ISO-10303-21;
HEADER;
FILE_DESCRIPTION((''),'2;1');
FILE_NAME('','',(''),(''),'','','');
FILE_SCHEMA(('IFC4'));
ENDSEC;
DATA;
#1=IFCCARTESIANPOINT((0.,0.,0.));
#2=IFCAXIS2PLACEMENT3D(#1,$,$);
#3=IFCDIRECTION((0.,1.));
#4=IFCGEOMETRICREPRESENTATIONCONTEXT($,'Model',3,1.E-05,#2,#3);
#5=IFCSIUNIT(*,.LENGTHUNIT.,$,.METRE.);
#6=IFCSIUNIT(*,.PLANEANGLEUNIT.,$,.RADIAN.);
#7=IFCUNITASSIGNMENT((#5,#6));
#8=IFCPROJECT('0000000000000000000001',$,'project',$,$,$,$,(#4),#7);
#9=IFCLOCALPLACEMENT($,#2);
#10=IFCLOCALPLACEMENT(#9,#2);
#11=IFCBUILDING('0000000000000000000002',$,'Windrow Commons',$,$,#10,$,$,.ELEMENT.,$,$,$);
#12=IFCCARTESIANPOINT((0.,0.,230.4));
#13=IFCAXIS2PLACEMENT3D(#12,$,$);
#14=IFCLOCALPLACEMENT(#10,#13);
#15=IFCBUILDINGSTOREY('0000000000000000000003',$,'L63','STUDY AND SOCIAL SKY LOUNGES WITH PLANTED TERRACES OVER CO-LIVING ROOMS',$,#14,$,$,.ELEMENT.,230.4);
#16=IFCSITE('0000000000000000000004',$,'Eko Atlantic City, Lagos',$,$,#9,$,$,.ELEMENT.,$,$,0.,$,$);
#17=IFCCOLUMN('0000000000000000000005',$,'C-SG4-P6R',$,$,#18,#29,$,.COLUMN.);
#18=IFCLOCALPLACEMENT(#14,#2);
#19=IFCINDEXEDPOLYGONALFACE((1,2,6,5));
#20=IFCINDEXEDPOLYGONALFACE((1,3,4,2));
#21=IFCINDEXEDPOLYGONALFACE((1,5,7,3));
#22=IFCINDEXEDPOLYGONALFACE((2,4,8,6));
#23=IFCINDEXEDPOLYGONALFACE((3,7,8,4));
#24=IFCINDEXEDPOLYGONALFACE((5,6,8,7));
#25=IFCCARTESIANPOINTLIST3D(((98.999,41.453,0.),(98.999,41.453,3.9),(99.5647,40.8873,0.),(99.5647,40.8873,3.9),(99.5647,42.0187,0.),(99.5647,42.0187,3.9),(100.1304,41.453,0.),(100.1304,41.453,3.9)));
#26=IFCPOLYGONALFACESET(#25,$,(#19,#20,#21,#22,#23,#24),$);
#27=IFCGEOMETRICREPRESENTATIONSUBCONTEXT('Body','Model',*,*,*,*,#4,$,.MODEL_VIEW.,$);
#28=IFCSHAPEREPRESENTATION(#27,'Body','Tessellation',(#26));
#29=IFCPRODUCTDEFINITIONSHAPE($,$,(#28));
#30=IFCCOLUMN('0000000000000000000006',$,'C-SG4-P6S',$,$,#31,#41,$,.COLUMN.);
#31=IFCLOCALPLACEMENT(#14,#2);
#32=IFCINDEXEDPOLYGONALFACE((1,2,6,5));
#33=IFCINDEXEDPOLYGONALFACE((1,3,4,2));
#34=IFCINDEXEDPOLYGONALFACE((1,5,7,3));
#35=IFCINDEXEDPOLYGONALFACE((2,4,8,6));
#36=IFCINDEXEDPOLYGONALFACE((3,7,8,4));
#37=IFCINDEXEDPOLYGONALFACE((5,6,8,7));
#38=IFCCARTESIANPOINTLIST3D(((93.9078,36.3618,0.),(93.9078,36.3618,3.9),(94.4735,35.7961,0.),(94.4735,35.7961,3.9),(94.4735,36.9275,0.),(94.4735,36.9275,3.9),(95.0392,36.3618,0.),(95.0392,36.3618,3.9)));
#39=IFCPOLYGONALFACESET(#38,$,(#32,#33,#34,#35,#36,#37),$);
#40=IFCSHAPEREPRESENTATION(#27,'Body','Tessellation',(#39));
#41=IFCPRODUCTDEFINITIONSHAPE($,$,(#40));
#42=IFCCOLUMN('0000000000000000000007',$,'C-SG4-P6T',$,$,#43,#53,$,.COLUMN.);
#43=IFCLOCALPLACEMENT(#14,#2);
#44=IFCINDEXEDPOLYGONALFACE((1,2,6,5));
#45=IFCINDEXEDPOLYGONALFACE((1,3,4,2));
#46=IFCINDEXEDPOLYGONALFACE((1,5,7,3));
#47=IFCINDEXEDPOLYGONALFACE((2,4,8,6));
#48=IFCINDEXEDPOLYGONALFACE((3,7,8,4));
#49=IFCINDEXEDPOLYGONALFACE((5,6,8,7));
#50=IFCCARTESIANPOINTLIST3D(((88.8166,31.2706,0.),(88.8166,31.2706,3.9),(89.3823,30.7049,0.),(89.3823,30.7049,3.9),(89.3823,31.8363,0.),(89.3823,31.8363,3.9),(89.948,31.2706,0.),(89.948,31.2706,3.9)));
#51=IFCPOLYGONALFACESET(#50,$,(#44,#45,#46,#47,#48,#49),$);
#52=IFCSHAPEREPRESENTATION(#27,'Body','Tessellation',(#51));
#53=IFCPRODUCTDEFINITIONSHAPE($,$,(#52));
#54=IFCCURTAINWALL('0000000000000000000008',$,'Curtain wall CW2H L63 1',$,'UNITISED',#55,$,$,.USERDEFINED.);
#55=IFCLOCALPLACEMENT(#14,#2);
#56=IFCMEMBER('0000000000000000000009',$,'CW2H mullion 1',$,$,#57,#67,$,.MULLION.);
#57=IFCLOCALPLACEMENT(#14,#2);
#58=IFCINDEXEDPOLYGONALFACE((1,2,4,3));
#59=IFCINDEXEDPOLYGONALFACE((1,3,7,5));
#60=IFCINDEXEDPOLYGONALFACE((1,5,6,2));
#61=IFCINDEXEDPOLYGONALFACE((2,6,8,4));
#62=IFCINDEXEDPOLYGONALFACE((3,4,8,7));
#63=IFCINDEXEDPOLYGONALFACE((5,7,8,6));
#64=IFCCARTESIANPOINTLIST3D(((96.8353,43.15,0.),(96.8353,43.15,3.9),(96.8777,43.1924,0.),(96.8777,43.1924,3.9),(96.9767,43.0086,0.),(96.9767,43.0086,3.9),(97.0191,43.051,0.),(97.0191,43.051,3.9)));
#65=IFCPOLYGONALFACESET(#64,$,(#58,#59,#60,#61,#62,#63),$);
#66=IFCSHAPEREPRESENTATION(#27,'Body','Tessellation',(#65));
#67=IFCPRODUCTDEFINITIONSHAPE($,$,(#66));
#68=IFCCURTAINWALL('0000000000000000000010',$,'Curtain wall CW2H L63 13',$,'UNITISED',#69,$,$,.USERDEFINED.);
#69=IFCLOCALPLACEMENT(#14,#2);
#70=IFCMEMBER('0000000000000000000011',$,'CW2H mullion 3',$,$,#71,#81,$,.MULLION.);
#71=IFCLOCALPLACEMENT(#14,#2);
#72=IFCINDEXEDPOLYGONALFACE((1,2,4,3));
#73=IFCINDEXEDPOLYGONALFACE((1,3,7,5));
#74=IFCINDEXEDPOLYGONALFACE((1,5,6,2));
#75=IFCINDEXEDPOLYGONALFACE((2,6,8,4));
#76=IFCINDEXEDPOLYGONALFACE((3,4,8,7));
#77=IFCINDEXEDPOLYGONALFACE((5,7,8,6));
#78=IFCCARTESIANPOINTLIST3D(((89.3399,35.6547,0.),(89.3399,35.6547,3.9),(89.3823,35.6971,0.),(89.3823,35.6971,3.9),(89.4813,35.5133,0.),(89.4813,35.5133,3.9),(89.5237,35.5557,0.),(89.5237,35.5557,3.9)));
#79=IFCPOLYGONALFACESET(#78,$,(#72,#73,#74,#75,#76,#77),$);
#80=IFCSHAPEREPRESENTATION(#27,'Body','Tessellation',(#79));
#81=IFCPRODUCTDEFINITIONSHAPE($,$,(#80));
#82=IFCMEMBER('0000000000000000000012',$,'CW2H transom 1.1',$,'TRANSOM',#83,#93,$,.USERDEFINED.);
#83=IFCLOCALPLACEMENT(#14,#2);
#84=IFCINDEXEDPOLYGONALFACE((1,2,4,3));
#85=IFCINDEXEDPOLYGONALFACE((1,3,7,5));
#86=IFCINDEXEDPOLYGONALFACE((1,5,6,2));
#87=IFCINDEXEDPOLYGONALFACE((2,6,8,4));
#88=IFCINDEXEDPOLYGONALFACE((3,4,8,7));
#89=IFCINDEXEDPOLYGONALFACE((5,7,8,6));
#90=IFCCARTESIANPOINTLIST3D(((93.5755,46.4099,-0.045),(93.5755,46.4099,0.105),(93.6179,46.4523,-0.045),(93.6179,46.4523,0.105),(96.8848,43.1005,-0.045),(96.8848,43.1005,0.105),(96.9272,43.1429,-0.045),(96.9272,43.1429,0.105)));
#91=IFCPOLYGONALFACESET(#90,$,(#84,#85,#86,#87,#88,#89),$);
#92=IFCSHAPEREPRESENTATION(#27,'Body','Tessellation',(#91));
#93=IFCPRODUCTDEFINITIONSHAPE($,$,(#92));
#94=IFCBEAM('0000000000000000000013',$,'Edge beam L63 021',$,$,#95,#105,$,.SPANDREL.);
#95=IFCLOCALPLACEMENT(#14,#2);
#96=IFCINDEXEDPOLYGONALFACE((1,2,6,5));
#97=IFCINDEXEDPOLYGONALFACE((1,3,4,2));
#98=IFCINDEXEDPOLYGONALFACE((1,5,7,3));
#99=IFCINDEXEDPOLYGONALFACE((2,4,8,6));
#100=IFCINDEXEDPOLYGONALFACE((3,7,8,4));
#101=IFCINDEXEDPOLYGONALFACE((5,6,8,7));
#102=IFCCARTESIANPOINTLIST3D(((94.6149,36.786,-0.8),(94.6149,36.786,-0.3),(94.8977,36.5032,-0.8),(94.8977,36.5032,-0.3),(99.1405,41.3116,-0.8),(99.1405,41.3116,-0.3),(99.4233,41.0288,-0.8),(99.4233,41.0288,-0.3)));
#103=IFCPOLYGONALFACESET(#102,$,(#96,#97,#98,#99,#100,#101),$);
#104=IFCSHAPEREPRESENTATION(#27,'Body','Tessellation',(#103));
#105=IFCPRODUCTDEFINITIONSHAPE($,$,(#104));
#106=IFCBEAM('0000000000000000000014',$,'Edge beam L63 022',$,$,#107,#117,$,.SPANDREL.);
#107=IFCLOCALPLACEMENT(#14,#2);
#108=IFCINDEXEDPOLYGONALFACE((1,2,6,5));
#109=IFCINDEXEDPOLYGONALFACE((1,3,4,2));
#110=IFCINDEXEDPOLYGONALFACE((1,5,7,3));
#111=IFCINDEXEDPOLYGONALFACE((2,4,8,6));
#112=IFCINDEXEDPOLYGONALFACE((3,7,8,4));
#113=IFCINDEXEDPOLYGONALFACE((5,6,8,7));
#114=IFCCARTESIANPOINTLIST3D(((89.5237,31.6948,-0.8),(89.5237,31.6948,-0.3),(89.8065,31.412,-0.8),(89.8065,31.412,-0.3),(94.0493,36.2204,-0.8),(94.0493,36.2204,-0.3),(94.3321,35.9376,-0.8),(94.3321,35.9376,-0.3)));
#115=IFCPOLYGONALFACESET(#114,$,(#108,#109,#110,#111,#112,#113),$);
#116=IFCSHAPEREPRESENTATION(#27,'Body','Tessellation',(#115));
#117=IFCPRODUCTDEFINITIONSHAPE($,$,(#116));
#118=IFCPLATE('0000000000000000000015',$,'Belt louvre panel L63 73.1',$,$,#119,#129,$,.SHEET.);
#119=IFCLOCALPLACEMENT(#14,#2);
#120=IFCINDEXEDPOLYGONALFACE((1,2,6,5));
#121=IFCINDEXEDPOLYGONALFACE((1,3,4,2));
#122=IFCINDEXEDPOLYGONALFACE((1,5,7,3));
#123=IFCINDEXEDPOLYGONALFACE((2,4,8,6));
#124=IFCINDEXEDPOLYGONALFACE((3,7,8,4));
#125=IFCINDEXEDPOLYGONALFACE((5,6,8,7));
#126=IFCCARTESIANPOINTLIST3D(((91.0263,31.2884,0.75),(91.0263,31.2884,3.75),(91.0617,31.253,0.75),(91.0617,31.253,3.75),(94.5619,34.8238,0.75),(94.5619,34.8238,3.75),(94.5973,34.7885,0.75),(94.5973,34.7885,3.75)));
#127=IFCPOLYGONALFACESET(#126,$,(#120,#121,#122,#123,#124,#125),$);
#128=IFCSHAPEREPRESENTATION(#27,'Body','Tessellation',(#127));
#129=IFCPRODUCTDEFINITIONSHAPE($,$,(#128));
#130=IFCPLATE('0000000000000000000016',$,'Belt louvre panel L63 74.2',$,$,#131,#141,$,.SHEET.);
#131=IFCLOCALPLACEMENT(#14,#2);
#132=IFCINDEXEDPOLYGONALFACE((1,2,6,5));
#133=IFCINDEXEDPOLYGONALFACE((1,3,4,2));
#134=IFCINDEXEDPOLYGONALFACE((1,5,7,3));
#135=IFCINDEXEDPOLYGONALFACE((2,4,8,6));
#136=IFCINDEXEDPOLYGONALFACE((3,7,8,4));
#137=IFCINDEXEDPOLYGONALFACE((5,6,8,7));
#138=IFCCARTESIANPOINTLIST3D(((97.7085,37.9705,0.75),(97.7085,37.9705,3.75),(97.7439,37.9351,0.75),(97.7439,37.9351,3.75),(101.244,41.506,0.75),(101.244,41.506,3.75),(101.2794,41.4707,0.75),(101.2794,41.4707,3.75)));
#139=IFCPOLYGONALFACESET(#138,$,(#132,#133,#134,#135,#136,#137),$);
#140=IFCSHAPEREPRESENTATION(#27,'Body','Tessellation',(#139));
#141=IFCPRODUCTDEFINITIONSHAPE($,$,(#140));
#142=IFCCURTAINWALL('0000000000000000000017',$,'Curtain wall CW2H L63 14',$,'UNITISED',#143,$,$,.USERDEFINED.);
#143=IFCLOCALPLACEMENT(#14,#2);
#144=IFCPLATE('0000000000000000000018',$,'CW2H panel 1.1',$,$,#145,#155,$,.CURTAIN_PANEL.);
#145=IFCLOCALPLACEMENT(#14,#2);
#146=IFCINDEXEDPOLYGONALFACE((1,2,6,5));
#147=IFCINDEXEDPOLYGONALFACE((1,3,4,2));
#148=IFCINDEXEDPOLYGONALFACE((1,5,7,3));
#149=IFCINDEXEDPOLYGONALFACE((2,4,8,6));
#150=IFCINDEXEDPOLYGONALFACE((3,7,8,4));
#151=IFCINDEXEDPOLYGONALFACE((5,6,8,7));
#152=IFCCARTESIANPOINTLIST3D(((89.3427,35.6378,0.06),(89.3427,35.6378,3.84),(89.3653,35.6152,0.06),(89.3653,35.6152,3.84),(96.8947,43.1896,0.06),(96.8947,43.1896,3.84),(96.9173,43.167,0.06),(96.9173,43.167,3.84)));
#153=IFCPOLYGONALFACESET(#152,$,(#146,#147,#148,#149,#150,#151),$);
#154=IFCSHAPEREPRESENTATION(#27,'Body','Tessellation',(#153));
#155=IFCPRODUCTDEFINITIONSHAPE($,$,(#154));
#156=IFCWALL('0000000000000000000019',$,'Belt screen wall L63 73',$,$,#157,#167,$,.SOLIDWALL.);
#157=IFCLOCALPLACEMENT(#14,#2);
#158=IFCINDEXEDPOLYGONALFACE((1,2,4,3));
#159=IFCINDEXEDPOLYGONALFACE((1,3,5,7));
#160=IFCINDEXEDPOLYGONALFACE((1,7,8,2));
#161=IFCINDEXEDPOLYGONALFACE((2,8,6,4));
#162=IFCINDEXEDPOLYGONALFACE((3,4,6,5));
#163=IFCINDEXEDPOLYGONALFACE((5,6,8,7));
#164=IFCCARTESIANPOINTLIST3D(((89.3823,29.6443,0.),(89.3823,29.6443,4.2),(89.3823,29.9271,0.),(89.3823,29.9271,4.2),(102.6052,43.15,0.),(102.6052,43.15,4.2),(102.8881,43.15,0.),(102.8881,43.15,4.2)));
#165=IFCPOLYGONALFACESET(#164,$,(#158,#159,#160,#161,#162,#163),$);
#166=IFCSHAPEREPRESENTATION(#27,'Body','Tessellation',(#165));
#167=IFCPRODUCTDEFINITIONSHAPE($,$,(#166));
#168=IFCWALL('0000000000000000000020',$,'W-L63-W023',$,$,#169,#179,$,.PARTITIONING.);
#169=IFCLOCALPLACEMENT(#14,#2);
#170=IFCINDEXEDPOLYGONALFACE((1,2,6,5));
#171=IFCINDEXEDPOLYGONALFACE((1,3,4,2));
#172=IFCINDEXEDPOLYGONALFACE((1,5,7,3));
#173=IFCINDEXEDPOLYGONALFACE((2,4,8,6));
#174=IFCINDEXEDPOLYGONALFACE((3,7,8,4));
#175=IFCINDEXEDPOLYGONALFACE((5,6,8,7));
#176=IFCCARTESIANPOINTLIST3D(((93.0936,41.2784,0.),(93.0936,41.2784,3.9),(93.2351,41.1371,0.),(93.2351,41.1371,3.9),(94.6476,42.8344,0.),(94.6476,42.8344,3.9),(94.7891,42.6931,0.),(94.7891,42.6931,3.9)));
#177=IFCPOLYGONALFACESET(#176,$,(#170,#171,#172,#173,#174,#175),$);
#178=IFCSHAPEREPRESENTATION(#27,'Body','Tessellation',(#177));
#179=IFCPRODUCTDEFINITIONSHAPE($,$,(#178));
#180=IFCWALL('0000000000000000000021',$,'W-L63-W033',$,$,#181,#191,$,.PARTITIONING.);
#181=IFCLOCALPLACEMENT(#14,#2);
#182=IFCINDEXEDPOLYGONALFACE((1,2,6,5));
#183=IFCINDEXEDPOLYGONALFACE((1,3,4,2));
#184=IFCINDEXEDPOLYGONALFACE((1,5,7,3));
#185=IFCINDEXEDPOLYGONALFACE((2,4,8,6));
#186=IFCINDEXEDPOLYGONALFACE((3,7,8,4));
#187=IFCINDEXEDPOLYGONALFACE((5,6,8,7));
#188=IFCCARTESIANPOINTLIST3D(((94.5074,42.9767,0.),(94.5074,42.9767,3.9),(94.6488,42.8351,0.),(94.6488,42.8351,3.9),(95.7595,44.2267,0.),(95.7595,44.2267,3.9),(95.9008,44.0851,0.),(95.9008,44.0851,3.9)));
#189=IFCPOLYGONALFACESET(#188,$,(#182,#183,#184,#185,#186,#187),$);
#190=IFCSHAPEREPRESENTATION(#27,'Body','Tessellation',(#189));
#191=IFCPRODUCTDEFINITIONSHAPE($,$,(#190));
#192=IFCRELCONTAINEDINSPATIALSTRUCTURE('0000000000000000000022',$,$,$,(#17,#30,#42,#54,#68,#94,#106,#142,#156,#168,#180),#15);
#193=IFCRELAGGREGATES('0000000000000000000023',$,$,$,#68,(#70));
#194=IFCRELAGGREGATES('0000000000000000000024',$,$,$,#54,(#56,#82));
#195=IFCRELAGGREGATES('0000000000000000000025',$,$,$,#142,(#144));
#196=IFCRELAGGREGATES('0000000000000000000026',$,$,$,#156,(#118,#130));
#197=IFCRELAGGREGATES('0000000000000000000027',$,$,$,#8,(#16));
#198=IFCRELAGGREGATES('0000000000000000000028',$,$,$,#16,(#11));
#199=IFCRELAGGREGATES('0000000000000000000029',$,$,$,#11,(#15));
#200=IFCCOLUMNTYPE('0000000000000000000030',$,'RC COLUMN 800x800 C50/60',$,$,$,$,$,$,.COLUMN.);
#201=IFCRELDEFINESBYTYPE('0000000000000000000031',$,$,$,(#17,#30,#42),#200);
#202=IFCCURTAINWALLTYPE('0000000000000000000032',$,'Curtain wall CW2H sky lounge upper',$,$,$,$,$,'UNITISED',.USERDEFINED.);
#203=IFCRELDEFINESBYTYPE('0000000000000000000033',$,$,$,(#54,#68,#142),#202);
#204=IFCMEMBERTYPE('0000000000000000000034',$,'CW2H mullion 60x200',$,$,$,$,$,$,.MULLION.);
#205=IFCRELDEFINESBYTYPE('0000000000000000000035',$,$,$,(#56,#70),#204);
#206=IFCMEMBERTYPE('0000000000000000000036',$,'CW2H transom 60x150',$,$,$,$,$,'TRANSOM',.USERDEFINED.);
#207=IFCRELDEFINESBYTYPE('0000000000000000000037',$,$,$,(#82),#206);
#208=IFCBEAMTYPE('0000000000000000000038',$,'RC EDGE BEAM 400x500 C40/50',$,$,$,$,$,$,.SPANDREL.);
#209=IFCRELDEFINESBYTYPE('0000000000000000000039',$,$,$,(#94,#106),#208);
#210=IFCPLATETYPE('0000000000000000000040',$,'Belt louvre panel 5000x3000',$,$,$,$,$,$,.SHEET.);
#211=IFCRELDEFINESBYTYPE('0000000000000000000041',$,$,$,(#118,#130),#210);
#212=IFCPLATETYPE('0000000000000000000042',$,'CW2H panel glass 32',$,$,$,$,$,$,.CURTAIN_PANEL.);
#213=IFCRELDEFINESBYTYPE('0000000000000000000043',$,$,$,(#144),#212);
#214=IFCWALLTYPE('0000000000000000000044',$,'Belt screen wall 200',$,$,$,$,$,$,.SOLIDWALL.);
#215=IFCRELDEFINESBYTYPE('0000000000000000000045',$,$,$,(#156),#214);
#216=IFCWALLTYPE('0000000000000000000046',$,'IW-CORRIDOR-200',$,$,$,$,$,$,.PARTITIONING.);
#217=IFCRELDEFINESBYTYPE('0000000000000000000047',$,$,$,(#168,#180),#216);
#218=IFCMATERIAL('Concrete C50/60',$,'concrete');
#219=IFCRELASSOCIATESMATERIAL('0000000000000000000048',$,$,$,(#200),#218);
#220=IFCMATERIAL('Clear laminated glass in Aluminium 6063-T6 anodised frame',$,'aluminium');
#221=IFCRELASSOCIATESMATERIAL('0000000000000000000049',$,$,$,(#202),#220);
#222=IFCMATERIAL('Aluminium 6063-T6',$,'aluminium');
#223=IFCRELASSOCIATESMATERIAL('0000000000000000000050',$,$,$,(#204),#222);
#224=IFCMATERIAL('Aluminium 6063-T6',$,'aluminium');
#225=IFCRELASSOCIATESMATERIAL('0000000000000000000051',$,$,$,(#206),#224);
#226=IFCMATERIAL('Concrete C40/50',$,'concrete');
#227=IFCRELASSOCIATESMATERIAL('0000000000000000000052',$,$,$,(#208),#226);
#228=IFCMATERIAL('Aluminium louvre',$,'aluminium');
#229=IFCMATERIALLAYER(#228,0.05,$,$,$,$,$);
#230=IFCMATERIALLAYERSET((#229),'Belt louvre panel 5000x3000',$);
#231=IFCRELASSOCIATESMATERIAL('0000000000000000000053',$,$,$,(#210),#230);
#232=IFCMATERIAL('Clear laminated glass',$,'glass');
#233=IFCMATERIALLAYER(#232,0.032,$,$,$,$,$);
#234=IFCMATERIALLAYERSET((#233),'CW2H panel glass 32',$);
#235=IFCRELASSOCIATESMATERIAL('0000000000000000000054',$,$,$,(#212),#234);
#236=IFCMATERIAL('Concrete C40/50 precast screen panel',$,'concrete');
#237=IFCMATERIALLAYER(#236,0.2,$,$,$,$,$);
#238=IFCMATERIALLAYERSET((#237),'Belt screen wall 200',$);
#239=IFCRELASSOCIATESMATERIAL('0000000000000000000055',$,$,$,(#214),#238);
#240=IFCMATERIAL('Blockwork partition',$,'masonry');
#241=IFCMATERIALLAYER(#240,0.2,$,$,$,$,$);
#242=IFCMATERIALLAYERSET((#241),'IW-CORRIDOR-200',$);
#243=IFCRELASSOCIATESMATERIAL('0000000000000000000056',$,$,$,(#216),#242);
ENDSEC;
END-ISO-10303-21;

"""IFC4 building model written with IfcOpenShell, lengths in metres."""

from ifc_helpers import new_model, si_unit, direction, frame, frame_2d, origin, origin_2d, place, context, subcontext, project, spatial, polyline, rectangle, outline, extrude, material, layer, layer_set, material_profile, profile_set, type_object, element, aggregate, save


model = new_model("IFC4")

# Units and contexts
model_context = context("Model", 3, precision=1e-05, world=origin(), true_north=direction((0.0, 1.0)))
body_context = subcontext(model_context, "Body", "Model", "MODEL_VIEW")
ifc_project = project(units=[si_unit("LENGTHUNIT", "METRE"), si_unit("PLANEANGLEUNIT", "RADIAN")], contexts=[model_context])

# Site, building, storey
site_placement = place(None, origin())
site = spatial("IfcSite", under=ifc_project, at=site_placement, Name="Eko Atlantic City, Lagos", CompositionType="ELEMENT", RefElevation=0.0)
building_placement = place(site_placement, origin())
building = spatial("IfcBuilding", under=site, at=building_placement, Name="Windrow Commons", CompositionType="ELEMENT")
storey_placement = place(building_placement, frame((0.0, 0.0, 230.4)))
storey = spatial("IfcBuildingStorey", under=building, at=storey_placement, Name="L63", Description="STUDY AND SOCIAL SKY LOUNGES WITH PLANTED TERRACES OVER CO-LIVING ROOMS", CompositionType="ELEMENT", Elevation=230.4)

# Columns
ifc_material_1 = material(Name="Concrete C50/60", Category="concrete")
ifc_material_profile_1 = material_profile(ifc_material_1, rectangle(XDim=0.8, YDim=0.8, at=origin_2d()))
ifc_profile_set_1 = profile_set([ifc_material_profile_1], Name="Concrete C50/60")
column_type = type_object("IfcColumnType", Name="RC COLUMN 800x800 C50/60", PredefinedType="COLUMN", material=ifc_profile_set_1)
for number, where, z_axis, x_axis, name in (
    (1, (99.5647, 41.453, 0.0), (0.0, 0.0, 1.0), (0.707107, -0.707107, 0.0), "C-SG4-P6R"),
    (2, (94.4735, 36.3618, 0.0), (0.0, 0.0, 1.0), (0.707107, -0.707107, 0.0), "C-SG4-P6S"),
    (3, (89.3823, 31.2706, 0.0), (0.0, 0.0, 1.0), (0.707107, -0.707107, 0.0), "C-SG4-P6T"),
):
    element("IfcColumn", number, at=place(storey_placement, frame(where, z_axis=z_axis, x_axis=x_axis)), inside=storey, type_object=column_type, Name=name, PredefinedType="COLUMN", context=body_context, shape_type="SweptSolid", body=[
        extrude(rectangle(XDim=0.8, YDim=0.8, at=origin_2d()), origin(), (0.0, 0.0, 1.0), 3.9),
    ])

# Curtain walls, members
ifc_material_2 = material(Name="Clear laminated glass in Aluminium 6063-T6 anodised frame", Category="aluminium")
curtain_wall_type = type_object("IfcCurtainWallType", Name="Curtain wall CW2H sky lounge upper", ElementType="UNITISED", PredefinedType="USERDEFINED", material=ifc_material_2)
placement = place(storey_placement, origin())
curtain_wall_1 = element("IfcCurtainWall", 4, at=placement, inside=storey, type_object=curtain_wall_type, Name="Curtain wall CW2H L63 1", ObjectType="UNITISED", PredefinedType="USERDEFINED")
ifc_material_3 = material(Name="Aluminium 6063-T6", Category="aluminium")
ifc_material_profile_2 = material_profile(ifc_material_3, rectangle(XDim=0.06, YDim=0.2, at=origin_2d()))
ifc_profile_set_2 = profile_set([ifc_material_profile_2], Name="Aluminium 6063-T6")
member_type_1 = type_object("IfcMemberType", Name="CW2H mullion 60x200", PredefinedType="MULLION", material=ifc_profile_set_2)
member_1_placement = place(storey_placement, frame((96.9272, 43.1005, 0.0), z_axis=(0.0, 0.0, 1.0), x_axis=(-0.707117, -0.707096, 0.0)))
member_1 = element("IfcMember", 5, at=member_1_placement, type_object=member_type_1, Name="CW2H mullion 1", PredefinedType="MULLION", context=body_context, shape_type="SweptSolid", body=[
    extrude(rectangle(XDim=0.06, YDim=0.2, at=origin_2d()), origin(), (0.0, 0.0, 1.0), 3.9),
])
curtain_wall_2 = element("IfcCurtainWall", 6, at=placement, inside=storey, type_object=curtain_wall_type, Name="Curtain wall CW2H L63 13", ObjectType="UNITISED", PredefinedType="USERDEFINED")
member_2_placement = place(storey_placement, frame((89.4318, 35.6052, 0.0), z_axis=(0.0, 0.0, 1.0), x_axis=(0.707107, 0.707107, 0.0)))
member_2 = element("IfcMember", 7, at=member_2_placement, type_object=member_type_1, Name="CW2H mullion 3", PredefinedType="MULLION", context=body_context, shape_type="SweptSolid", body=[
    extrude(rectangle(XDim=0.06, YDim=0.2, at=origin_2d()), origin(), (0.0, 0.0, 1.0), 3.9),
])
aggregate(curtain_wall_2, [member_2])

# Member
ifc_material_4 = material(Name="Aluminium 6063-T6", Category="aluminium")
ifc_material_profile_3 = material_profile(ifc_material_4, rectangle(XDim=0.06, YDim=0.15, at=origin_2d()))
ifc_profile_set_3 = profile_set([ifc_material_profile_3], Name="Aluminium 6063-T6")
member_type_2 = type_object("IfcMemberType", Name="CW2H transom 60x150", ElementType="TRANSOM", PredefinedType="USERDEFINED", material=ifc_profile_set_3)
member_3_placement = place(storey_placement, frame((96.906, 43.1217, 0.03), z_axis=(-0.707096, 0.707117, 0.0), x_axis=(-0.707117, -0.707096, 0.0)))
member_3 = element("IfcMember", 8, at=member_3_placement, type_object=member_type_2, Name="CW2H transom 1.1", ObjectType="TRANSOM", PredefinedType="USERDEFINED", context=body_context, shape_type="SweptSolid", body=[
    extrude(rectangle(XDim=0.06, YDim=0.15, at=origin_2d()), origin(), (0.0, 0.0, 1.0), 4.6801),
])
aggregate(curtain_wall_1, [member_1, member_3])

# Beams
ifc_material_5 = material(Name="Concrete C40/50", Category="concrete")
ifc_material_profile_4 = material_profile(ifc_material_5, rectangle(XDim=0.4, YDim=0.5, at=origin_2d()))
ifc_profile_set_4 = profile_set([ifc_material_profile_4], Name="Concrete C40/50")
beam_type = type_object("IfcBeamType", Name="RC EDGE BEAM 400x500 C40/50", PredefinedType="SPANDREL", material=ifc_profile_set_4)
for number, where, z_axis, x_axis, name in (
    (9, (99.2819, 41.1702, -0.55), (-0.707107, -0.707107, 0.0), (0.707107, -0.707107, 0.0), "Edge beam L63 021"),
    (10, (94.1907, 36.079, -0.55), (-0.707107, -0.707107, 0.0), (0.707107, -0.707107, 0.0), "Edge beam L63 022"),
):
    element("IfcBeam", number, at=place(storey_placement, frame(where, z_axis=z_axis, x_axis=x_axis)), inside=storey, type_object=beam_type, Name=name, PredefinedType="SPANDREL", context=body_context, shape_type="SweptSolid", body=[
        extrude(rectangle(XDim=0.4, YDim=0.5, at=origin_2d()), origin(), (0.0, 0.0, 1.0), 6.4002),
    ])

# Plates
ifc_material_6 = material(Name="Aluminium louvre", Category="aluminium")
ifc_layer_1 = layer(ifc_material_6, 0.05)
ifc_layer_set_1 = layer_set([ifc_layer_1], Name="Belt louvre panel 5000x3000")
plate_type_1 = type_object("IfcPlateType", Name="Belt louvre panel 5000x3000", PredefinedType="SHEET", material=ifc_layer_set_1)
plate_1_placement = place(storey_placement, frame((91.0617, 31.253, 0.75), z_axis=(0.707097, -0.707117, 0.0), x_axis=(0.707117, 0.707097, 0.0)))
plate_1 = element("IfcPlate", 11, at=plate_1_placement, type_object=plate_type_1, Name="Belt louvre panel L63 73.1", PredefinedType="SHEET", context=body_context, shape_type="SweptSolid", body=[
    extrude(outline(polyline([(0.0, 0.0), (5.0, 0.0), (5.0, 3.0), (0.0, 3.0), (0.0, 0.0)])), origin(), (0.0, 0.0, -1.0), 0.05),
])
plate_2_placement = place(storey_placement, frame((97.7439, 37.9351, 0.75), z_axis=(0.707117, -0.707097, 0.0), x_axis=(0.707097, 0.707117, 0.0)))
plate_2 = element("IfcPlate", 12, at=plate_2_placement, type_object=plate_type_1, Name="Belt louvre panel L63 74.2", PredefinedType="SHEET", context=body_context, shape_type="SweptSolid", body=[
    extrude(outline(polyline([(0.0, 0.0), (5.0, 0.0), (5.0, 3.0), (0.0, 3.0), (0.0, 0.0)])), origin(), (0.0, 0.0, -1.0), 0.05),
])

# Curtain wall, plate
curtain_wall_3 = element("IfcCurtainWall", 13, at=placement, inside=storey, type_object=curtain_wall_type, Name="Curtain wall CW2H L63 14", ObjectType="UNITISED", PredefinedType="USERDEFINED")
ifc_material_7 = material(Name="Clear laminated glass", Category="glass")
ifc_layer_2 = layer(ifc_material_7, 0.032)
ifc_layer_set_2 = layer_set([ifc_layer_2], Name="CW2H panel glass 32")
plate_type_2 = type_object("IfcPlateType", Name="CW2H panel glass 32", PredefinedType="CURTAIN_PANEL", material=ifc_layer_set_2)
plate_3_placement = place(storey_placement, frame((93.13, 39.4024, 0.06), z_axis=(0.0, 0.0, 1.0), x_axis=(0.707111, 0.707102, 0.0)))
plate_3 = element("IfcPlate", 14, at=plate_3_placement, type_object=plate_type_2, Name="CW2H panel 1.1", PredefinedType="CURTAIN_PANEL", context=body_context, shape_type="SweptSolid", body=[
    extrude(rectangle(XDim=10.68, YDim=0.032, at=origin_2d()), origin(), (0.0, 0.0, 1.0), 3.78),
])
aggregate(curtain_wall_3, [plate_3])

# Wall
ifc_material_8 = material(Name="Concrete C40/50 precast screen panel", Category="concrete")
ifc_layer_3 = layer(ifc_material_8, 0.2)
ifc_layer_set_3 = layer_set([ifc_layer_3], Name="Belt screen wall 200")
wall_type_1 = type_object("IfcWallType", Name="Belt screen wall 200", PredefinedType="SOLIDWALL", material=ifc_layer_set_3)
wall_1_placement = place(storey_placement, frame((89.3823, 29.7857, 0.0), z_axis=(0.0, 0.0, 1.0), x_axis=(0.707109, 0.707104, 0.0)))
wall_1 = element("IfcWall", 15, at=wall_1_placement, inside=storey, type_object=wall_type_1, Name="Belt screen wall L63 73", PredefinedType="SOLIDWALL", context=body_context, shape_type="SweptSolid", body=[
    extrude(outline(polyline([(-0.1, -0.1), (19.0, -0.1), (18.8, 0.1), (0.1, 0.1), (-0.1, -0.1)])), origin(), (0.0, 0.0, 1.0), 4.2),
])
aggregate(wall_1, [plate_1, plate_2])

# Walls
ifc_material_9 = material(Name="Blockwork partition", Category="masonry")
ifc_layer_4 = layer(ifc_material_9, 0.2)
ifc_layer_set_4 = layer_set([ifc_layer_4], Name="IW-CORRIDOR-200")
wall_type_2 = type_object("IfcWallType", Name="IW-CORRIDOR-200", PredefinedType="PARTITIONING", material=ifc_layer_set_4)
wall_2_placement = place(storey_placement, frame((93.1643, 41.2077, 0.0), z_axis=(0.0, 0.0, 1.0), x_axis=(0.706652, 0.707561, 0.0)))
element("IfcWall", 16, at=wall_2_placement, inside=storey, type_object=wall_type_2, Name="W-L63-W023", PredefinedType="PARTITIONING", context=body_context, shape_type="SweptSolid", body=[
    extrude(rectangle(XDim=2.1991, YDim=0.2, at=frame_2d((1.0996, 0.0))), origin(), (0.0, 0.0, 1.0), 3.9),
])
wall_3_placement = place(storey_placement, frame((94.5781, 42.9059, 0.0), z_axis=(0.0, 0.0, 1.0), x_axis=(0.707672, 0.706541, 0.0)))
element("IfcWall", 17, at=wall_3_placement, inside=storey, type_object=wall_type_2, Name="W-L63-W033", PredefinedType="PARTITIONING", context=body_context, shape_type="SweptSolid", body=[
    extrude(rectangle(XDim=1.7692, YDim=0.2, at=frame_2d((0.8846, 0.0))), origin(), (0.0, 0.0, 1.0), 3.9),
])

save(model, "model.ifc")
